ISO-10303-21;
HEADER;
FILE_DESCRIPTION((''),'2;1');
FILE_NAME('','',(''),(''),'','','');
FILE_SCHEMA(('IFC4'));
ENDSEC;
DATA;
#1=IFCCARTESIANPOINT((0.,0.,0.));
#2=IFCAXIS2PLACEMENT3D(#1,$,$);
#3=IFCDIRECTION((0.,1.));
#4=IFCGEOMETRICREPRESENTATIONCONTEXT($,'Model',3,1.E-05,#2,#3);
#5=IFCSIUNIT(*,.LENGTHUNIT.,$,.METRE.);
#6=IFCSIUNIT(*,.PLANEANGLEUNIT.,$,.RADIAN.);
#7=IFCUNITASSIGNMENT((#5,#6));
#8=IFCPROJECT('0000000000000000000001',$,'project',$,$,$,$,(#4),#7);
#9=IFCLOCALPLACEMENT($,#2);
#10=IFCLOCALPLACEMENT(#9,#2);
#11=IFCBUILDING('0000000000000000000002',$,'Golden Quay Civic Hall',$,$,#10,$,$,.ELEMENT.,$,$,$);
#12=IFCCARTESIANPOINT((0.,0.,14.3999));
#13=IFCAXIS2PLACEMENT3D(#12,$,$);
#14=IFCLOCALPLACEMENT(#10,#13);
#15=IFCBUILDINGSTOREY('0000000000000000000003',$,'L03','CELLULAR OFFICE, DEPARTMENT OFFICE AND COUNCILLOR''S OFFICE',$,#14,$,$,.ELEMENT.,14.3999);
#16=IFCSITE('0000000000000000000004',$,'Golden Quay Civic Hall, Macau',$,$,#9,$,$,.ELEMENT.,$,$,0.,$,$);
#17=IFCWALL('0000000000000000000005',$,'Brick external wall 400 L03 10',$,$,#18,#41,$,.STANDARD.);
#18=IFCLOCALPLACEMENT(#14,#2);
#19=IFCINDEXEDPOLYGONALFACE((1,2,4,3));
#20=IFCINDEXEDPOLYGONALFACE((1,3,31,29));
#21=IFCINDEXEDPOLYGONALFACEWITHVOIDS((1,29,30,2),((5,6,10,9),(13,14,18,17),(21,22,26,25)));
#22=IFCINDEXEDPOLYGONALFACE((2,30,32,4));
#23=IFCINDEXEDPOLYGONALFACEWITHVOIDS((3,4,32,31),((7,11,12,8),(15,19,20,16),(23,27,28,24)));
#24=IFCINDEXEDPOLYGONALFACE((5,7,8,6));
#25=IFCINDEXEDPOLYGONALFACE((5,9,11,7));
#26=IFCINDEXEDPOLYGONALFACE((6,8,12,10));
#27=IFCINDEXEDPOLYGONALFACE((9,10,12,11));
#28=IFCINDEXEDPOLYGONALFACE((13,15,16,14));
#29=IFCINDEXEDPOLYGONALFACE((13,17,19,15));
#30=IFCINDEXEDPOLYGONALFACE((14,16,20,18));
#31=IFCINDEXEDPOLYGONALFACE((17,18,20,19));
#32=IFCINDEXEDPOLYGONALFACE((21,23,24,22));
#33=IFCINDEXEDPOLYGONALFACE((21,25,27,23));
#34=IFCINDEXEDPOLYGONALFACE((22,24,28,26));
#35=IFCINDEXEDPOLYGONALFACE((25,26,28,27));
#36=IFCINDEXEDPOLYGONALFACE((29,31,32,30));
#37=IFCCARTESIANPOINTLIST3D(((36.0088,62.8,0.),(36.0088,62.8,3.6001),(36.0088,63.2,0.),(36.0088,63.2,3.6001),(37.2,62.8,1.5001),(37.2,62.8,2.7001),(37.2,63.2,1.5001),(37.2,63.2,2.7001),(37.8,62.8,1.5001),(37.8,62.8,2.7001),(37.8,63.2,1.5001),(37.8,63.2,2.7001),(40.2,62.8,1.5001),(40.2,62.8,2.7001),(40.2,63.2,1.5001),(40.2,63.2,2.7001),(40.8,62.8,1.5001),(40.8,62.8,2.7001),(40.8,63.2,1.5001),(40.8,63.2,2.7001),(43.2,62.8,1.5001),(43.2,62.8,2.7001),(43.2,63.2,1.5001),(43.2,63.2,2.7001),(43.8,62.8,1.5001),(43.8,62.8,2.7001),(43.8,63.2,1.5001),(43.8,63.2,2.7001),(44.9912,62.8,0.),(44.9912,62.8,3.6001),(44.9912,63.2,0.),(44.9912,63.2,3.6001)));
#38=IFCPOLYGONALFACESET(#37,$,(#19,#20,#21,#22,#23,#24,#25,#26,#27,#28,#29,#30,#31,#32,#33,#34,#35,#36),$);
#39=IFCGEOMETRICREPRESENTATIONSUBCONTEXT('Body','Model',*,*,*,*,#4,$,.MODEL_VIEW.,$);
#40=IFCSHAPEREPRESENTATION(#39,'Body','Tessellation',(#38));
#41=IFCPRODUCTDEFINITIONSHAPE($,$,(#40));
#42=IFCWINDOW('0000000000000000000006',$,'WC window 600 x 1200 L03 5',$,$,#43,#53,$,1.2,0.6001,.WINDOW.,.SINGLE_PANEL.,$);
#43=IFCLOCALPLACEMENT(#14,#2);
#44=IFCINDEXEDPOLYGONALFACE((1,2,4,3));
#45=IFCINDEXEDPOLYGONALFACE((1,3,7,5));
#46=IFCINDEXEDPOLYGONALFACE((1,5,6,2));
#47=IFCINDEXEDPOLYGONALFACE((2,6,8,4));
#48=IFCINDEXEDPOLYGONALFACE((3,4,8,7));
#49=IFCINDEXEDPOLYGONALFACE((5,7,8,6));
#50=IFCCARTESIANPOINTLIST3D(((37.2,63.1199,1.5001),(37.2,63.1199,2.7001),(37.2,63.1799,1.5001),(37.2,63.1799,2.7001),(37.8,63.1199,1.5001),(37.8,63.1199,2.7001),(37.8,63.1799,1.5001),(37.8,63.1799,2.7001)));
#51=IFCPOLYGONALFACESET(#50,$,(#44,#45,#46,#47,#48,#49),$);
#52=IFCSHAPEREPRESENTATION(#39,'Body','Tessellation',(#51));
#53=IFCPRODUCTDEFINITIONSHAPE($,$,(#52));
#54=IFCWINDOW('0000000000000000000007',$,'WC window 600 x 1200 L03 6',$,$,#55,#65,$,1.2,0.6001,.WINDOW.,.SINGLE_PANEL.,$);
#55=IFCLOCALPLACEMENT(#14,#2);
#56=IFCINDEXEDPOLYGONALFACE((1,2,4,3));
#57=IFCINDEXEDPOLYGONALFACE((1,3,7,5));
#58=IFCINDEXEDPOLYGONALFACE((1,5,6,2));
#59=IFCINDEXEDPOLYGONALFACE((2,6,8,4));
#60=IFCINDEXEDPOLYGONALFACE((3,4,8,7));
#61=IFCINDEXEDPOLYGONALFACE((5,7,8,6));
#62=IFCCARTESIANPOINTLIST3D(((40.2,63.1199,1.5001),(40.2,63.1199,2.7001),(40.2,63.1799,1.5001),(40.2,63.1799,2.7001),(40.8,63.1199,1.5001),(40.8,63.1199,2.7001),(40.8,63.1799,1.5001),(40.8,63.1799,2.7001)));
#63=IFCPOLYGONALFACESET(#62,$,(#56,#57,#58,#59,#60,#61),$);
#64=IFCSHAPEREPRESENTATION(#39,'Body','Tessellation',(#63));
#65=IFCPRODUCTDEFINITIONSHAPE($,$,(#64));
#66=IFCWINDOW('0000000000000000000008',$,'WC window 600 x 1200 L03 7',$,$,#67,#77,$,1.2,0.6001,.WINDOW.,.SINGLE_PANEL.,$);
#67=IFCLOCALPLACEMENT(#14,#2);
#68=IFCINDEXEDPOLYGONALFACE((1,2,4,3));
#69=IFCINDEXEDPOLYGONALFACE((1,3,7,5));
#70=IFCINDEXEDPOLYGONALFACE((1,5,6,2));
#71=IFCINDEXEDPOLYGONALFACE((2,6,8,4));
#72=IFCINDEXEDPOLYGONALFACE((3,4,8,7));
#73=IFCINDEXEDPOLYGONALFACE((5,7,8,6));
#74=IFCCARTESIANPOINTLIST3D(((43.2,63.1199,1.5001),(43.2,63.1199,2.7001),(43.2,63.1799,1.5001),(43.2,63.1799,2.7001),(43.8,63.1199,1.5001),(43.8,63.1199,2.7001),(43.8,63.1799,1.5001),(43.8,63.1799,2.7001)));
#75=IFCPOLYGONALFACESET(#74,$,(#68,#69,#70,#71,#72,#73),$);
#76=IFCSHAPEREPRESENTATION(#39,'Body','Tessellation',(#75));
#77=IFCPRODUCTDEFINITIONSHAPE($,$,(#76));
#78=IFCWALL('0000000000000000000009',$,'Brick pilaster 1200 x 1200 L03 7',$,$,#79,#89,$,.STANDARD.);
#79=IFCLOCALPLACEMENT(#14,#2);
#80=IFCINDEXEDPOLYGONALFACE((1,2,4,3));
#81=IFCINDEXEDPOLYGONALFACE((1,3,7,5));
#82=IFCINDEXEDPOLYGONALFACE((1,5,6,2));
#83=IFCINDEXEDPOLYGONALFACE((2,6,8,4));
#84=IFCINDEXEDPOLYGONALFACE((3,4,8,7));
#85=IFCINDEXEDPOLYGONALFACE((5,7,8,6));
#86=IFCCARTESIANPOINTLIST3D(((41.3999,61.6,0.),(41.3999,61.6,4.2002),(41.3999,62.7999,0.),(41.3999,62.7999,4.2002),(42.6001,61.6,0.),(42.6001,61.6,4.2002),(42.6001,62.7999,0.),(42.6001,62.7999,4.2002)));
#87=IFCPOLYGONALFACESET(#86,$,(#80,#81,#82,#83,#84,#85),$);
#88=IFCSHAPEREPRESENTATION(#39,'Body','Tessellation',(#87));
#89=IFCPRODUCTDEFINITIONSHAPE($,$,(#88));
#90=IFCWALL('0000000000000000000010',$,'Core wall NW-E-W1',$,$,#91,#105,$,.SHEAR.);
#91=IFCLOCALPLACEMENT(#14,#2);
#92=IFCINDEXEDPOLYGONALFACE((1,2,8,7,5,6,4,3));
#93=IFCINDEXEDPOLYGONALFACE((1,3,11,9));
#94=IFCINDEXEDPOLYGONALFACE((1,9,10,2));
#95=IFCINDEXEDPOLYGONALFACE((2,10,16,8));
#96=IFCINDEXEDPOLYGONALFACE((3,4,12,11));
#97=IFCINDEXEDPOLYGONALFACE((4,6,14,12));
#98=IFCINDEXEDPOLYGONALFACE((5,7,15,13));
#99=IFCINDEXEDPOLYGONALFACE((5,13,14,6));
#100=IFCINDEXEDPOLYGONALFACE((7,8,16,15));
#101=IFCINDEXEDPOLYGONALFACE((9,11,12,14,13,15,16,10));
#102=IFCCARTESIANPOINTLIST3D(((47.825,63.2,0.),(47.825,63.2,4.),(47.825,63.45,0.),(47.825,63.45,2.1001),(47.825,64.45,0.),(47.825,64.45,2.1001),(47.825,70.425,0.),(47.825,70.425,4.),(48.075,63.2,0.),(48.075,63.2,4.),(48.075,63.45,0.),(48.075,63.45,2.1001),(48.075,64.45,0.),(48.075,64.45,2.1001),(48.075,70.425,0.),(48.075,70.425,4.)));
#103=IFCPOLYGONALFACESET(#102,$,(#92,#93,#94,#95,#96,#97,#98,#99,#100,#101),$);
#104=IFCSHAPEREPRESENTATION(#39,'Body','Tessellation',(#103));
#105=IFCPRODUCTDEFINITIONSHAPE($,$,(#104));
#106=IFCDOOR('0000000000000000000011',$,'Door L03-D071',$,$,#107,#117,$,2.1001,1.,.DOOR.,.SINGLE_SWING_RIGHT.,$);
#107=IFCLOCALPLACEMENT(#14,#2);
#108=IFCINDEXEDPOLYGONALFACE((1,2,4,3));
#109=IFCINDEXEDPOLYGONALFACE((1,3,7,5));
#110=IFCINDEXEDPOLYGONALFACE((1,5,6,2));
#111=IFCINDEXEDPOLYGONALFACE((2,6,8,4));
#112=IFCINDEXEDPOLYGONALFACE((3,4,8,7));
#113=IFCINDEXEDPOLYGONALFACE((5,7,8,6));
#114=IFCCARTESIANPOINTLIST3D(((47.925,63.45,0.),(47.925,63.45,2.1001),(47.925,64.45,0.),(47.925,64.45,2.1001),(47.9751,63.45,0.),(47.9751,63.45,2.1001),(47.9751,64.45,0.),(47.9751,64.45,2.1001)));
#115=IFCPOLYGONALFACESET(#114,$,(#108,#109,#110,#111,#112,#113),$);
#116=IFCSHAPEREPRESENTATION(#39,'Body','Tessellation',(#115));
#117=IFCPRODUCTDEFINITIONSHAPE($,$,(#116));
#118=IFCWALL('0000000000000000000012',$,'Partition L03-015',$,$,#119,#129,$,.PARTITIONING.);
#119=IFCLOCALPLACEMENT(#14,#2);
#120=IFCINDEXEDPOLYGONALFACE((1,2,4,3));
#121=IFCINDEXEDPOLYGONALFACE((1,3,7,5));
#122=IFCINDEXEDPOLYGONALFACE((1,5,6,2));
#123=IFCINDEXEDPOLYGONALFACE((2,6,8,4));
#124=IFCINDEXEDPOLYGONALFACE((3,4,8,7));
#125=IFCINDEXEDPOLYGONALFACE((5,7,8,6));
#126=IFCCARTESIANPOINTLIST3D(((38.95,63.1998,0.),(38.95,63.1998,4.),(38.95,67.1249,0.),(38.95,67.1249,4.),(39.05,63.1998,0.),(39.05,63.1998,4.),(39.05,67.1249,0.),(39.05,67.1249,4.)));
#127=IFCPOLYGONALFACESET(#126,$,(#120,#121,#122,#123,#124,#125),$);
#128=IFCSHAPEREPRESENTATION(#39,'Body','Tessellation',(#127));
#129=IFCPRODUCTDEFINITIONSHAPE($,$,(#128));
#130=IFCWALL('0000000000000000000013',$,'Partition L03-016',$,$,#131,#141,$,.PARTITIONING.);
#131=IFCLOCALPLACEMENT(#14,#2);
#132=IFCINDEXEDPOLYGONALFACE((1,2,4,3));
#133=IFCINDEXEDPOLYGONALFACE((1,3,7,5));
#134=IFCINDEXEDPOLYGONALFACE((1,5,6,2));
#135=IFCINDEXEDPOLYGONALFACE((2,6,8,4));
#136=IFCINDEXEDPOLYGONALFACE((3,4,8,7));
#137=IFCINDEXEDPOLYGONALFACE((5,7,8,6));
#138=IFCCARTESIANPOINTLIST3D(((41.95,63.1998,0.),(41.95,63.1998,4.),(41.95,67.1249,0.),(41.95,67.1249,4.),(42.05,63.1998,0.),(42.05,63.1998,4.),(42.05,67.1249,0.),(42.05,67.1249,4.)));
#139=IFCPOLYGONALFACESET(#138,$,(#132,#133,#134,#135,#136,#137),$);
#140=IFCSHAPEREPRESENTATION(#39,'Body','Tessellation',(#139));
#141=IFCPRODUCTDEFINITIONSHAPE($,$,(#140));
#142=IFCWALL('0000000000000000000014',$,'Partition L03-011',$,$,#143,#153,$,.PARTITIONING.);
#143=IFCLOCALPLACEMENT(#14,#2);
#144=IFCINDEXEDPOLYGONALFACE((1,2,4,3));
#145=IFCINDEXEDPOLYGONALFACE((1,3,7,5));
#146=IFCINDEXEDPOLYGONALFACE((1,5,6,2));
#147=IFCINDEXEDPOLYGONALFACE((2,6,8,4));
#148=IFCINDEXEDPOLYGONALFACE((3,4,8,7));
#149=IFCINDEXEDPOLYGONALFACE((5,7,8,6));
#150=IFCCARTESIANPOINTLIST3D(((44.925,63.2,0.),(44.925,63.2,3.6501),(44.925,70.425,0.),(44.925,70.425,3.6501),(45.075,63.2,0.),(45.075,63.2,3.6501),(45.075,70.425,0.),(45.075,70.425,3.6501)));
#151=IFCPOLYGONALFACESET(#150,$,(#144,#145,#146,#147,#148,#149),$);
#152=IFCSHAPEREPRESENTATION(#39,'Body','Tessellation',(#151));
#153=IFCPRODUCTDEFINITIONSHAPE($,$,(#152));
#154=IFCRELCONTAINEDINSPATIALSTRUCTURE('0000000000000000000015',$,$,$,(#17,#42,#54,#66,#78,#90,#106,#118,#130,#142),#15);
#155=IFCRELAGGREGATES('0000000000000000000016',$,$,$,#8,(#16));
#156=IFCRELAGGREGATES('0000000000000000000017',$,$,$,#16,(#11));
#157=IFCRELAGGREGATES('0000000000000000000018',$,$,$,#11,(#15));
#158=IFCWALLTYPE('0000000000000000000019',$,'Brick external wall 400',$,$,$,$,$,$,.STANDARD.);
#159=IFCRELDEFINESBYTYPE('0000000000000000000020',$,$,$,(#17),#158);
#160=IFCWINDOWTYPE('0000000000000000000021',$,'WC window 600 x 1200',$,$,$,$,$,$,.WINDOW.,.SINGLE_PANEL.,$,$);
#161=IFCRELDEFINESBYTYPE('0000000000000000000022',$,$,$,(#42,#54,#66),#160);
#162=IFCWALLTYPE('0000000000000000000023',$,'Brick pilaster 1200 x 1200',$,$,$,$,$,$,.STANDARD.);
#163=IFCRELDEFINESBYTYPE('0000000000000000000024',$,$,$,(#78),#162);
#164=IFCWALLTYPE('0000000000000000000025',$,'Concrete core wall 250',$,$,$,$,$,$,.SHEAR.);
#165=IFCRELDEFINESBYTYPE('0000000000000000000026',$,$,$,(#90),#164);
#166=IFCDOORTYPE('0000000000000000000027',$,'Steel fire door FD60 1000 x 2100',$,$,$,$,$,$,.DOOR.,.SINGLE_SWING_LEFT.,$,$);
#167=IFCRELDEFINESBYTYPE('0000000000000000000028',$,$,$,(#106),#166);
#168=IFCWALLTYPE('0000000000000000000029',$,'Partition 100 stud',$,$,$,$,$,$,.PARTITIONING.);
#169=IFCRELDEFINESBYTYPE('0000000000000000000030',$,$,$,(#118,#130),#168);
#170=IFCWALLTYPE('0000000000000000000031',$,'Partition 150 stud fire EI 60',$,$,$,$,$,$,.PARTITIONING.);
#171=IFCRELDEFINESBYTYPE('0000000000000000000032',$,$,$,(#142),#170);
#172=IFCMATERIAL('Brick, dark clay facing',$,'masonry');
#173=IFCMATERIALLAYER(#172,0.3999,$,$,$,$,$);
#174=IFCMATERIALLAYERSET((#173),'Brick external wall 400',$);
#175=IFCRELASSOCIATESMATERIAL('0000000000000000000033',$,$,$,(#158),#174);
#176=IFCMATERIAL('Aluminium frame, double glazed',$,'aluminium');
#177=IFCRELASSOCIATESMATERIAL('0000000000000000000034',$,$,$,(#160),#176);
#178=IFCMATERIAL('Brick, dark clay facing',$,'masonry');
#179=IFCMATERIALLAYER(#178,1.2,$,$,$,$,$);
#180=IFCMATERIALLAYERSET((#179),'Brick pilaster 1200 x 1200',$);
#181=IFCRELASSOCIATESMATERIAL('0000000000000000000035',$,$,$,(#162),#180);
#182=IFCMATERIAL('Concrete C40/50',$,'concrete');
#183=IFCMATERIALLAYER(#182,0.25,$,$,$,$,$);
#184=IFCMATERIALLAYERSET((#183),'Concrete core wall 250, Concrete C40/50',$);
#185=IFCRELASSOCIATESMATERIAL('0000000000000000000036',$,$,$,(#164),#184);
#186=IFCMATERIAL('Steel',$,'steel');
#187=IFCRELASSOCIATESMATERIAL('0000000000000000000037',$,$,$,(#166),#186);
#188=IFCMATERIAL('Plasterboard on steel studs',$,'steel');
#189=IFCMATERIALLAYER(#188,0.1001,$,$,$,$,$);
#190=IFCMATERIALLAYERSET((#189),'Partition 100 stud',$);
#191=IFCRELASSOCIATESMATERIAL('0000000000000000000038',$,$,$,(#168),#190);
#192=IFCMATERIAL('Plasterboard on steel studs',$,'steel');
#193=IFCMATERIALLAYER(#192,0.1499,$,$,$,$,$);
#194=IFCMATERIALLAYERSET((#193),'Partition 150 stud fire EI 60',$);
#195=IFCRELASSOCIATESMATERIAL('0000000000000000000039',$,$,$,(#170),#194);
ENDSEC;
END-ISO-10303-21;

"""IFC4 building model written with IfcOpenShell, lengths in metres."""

from ifc_helpers import new_model, si_unit, direction, frame, frame_2d, origin, place, context, subcontext, project, spatial, rectangle, extrude, material, layer, layer_set, type_object, element, fill, save


model = new_model("IFC4")

# Units and contexts
model_context = context("Model", 3, precision=1e-05, world=origin(), true_north=direction((0.0, 1.0)))
body_context = subcontext(model_context, "Body", "Model", "MODEL_VIEW")
ifc_project = project(units=[si_unit("LENGTHUNIT", "METRE"), si_unit("PLANEANGLEUNIT", "RADIAN")], contexts=[model_context])

# Site, building, storey
site_placement = place(None, origin())
site = spatial("IfcSite", under=ifc_project, at=site_placement, Name="Golden Quay Civic Hall, Macau", CompositionType="ELEMENT", RefElevation=0.0)
building_placement = place(site_placement, origin())
building = spatial("IfcBuilding", under=site, at=building_placement, Name="Golden Quay Civic Hall", CompositionType="ELEMENT")
storey_placement = place(building_placement, frame((0.0, 0.0, 14.3999)))
storey = spatial("IfcBuildingStorey", under=building, at=storey_placement, Name="L03", Description="CELLULAR OFFICE, DEPARTMENT OFFICE AND COUNCILLOR'S OFFICE", CompositionType="ELEMENT", Elevation=14.3999)

# Wall, openings, windows
ifc_material_1 = material(Name="Brick, dark clay facing", Category="masonry")
ifc_layer_1 = layer(ifc_material_1, 0.3999)
ifc_layer_set_1 = layer_set([ifc_layer_1], Name="Brick external wall 400")
wall_type_1 = type_object("IfcWallType", Name="Brick external wall 400", PredefinedType="STANDARD", material=ifc_layer_set_1)
wall_1_placement = place(storey_placement, frame((44.9912, 63.0, 0.0), z_axis=(0.0, 0.0, 1.0), x_axis=(-1.0, 0.0, 0.0)))
wall_1 = element("IfcWall", 1, at=wall_1_placement, inside=storey, type_object=wall_type_1, Name="Brick external wall 400 L03 10", PredefinedType="STANDARD", context=body_context, shape_type="SweptSolid", body=[
    extrude(rectangle(XDim=8.9824, YDim=0.3999, at=frame_2d((4.4912, 0.0))), origin(), (0.0, 0.0, 1.0), 3.6001),
])
opening_1_placement = place(wall_1_placement, frame((7.1912, 0.0, 1.5)))
opening_1 = element("IfcOpeningElement", 2, at=opening_1_placement, cuts=wall_1, PredefinedType="OPENING", context=body_context, shape_type="SweptSolid", body=[
    extrude(rectangle(XDim=0.6001, YDim=1.2, at=frame_2d((0.3, 0.6001))), frame((0.0, 0.21, 0.0), z_axis=(0.0, -1.0, 0.0), x_axis=(1.0, 0.0, 0.0)), (0.0, 0.0, 1.0), 0.4199),
])
opening_2_placement = place(wall_1_placement, frame((4.1912, 0.0, 1.5)))
opening_2 = element("IfcOpeningElement", 3, at=opening_2_placement, cuts=wall_1, PredefinedType="OPENING", context=body_context, shape_type="SweptSolid", body=[
    extrude(rectangle(XDim=0.6001, YDim=1.2, at=frame_2d((0.3, 0.6001))), frame((0.0, 0.21, 0.0), z_axis=(0.0, -1.0, 0.0), x_axis=(1.0, 0.0, 0.0)), (0.0, 0.0, 1.0), 0.4199),
])
opening_3_placement = place(wall_1_placement, frame((1.1912, 0.0, 1.5)))
opening_3 = element("IfcOpeningElement", 4, at=opening_3_placement, cuts=wall_1, PredefinedType="OPENING", context=body_context, shape_type="SweptSolid", body=[
    extrude(rectangle(XDim=0.6001, YDim=1.2, at=frame_2d((0.3, 0.6001))), frame((0.0, 0.21, 0.0), z_axis=(0.0, -1.0, 0.0), x_axis=(1.0, 0.0, 0.0)), (0.0, 0.0, 1.0), 0.4199),
])
ifc_material_2 = material(Name="Aluminium frame, double glazed", Category="aluminium")
window_type = type_object("IfcWindowType", Name="WC window 600 x 1200", PartitioningType="SINGLE_PANEL", PredefinedType="WINDOW", material=ifc_material_2)
window_1_placement = place(opening_1_placement, origin())
window_1 = element("IfcWindow", 5, at=window_1_placement, inside=storey, type_object=window_type, Name="WC window 600 x 1200 L03 5", OverallHeight=1.2, OverallWidth=0.6001, PartitioningType="SINGLE_PANEL", PredefinedType="WINDOW", context=body_context, shape_type="SweptSolid", body=[
    extrude(rectangle(XDim=0.6001, YDim=1.2, at=frame_2d((0.3, 0.6001))), frame((0.0, -0.1199, 0.0), z_axis=(0.0, -1.0, 0.0), x_axis=(1.0, 0.0, 0.0)), (0.0, 0.0, 1.0), 0.0601),
])
fill(opening_1, window_1)
window_2_placement = place(opening_2_placement, origin())
window_2 = element("IfcWindow", 6, at=window_2_placement, inside=storey, type_object=window_type, Name="WC window 600 x 1200 L03 6", OverallHeight=1.2, OverallWidth=0.6001, PartitioningType="SINGLE_PANEL", PredefinedType="WINDOW", context=body_context, shape_type="SweptSolid", body=[
    extrude(rectangle(XDim=0.6001, YDim=1.2, at=frame_2d((0.3, 0.6001))), frame((0.0, -0.1199, 0.0), z_axis=(0.0, -1.0, 0.0), x_axis=(1.0, 0.0, 0.0)), (0.0, 0.0, 1.0), 0.0601),
])
fill(opening_2, window_2)
window_3_placement = place(opening_3_placement, origin())
window_3 = element("IfcWindow", 7, at=window_3_placement, inside=storey, type_object=window_type, Name="WC window 600 x 1200 L03 7", OverallHeight=1.2, OverallWidth=0.6001, PartitioningType="SINGLE_PANEL", PredefinedType="WINDOW", context=body_context, shape_type="SweptSolid", body=[
    extrude(rectangle(XDim=0.6001, YDim=1.2, at=frame_2d((0.3, 0.6001))), frame((0.0, -0.1199, 0.0), z_axis=(0.0, -1.0, 0.0), x_axis=(1.0, 0.0, 0.0)), (0.0, 0.0, 1.0), 0.0601),
])
fill(opening_3, window_3)

# Wall
ifc_material_3 = material(Name="Brick, dark clay facing", Category="masonry")
ifc_layer_2 = layer(ifc_material_3, 1.2)
ifc_layer_set_2 = layer_set([ifc_layer_2], Name="Brick pilaster 1200 x 1200")
wall_type_2 = type_object("IfcWallType", Name="Brick pilaster 1200 x 1200", PredefinedType="STANDARD", material=ifc_layer_set_2)
wall_2_placement = place(storey_placement, frame((41.3999, 62.2, 0.0), z_axis=(0.0, 0.0, 1.0), x_axis=(1.0, 0.0, 0.0)))
element("IfcWall", 8, at=wall_2_placement, inside=storey, type_object=wall_type_2, Name="Brick pilaster 1200 x 1200 L03 7", PredefinedType="STANDARD", context=body_context, shape_type="SweptSolid", body=[
    extrude(rectangle(XDim=1.2002, YDim=1.2, at=frame_2d((0.6001, 0.0))), origin(), (0.0, 0.0, 1.0), 4.2002),
])

# Wall, opening, door
ifc_material_4 = material(Name="Concrete C40/50", Category="concrete")
ifc_layer_3 = layer(ifc_material_4, 0.25)
ifc_layer_set_3 = layer_set([ifc_layer_3], Name="Concrete core wall 250, Concrete C40/50")
wall_type_3 = type_object("IfcWallType", Name="Concrete core wall 250", PredefinedType="SHEAR", material=ifc_layer_set_3)
wall_3_placement = place(storey_placement, frame((47.95, 63.2, 0.0), z_axis=(0.0, 0.0, 1.0), x_axis=(0.0, 1.0, 0.0)))
wall_3 = element("IfcWall", 9, at=wall_3_placement, inside=storey, type_object=wall_type_3, Name="Core wall NW-E-W1", PredefinedType="SHEAR", context=body_context, shape_type="SweptSolid", body=[
    extrude(rectangle(XDim=7.2251, YDim=0.25, at=frame_2d((3.6125, 0.0))), origin(), (0.0, 0.0, 1.0), 4.0),
])
opening_4_placement = place(wall_3_placement, frame((0.25, 0.0, 0.0)))
opening_4 = element("IfcOpeningElement", 10, at=opening_4_placement, cuts=wall_3, PredefinedType="OPENING", context=body_context, shape_type="SweptSolid", body=[
    extrude(rectangle(XDim=1.0, YDim=2.1001, at=frame_2d((0.5, 1.05))), frame((0.0, 0.135, 0.0), z_axis=(0.0, -1.0, 0.0), x_axis=(1.0, 0.0, 0.0)), (0.0, 0.0, 1.0), 0.27),
])
ifc_material_5 = material(Name="Steel", Category="steel")
door_type = type_object("IfcDoorType", Name="Steel fire door FD60 1000 x 2100", OperationType="SINGLE_SWING_LEFT", PredefinedType="DOOR", material=ifc_material_5)
door_placement = place(opening_4_placement, frame((1.0, 0.0, 0.0), z_axis=(0.0, 0.0, 1.0), x_axis=(-1.0, 0.0, 0.0)))
door = element("IfcDoor", 11, at=door_placement, inside=storey, type_object=door_type, Name="Door L03-D071", OperationType="SINGLE_SWING_RIGHT", OverallHeight=2.1001, OverallWidth=1.0, PredefinedType="DOOR", context=body_context, shape_type="SweptSolid", body=[
    extrude(rectangle(XDim=1.0, YDim=2.1001, at=frame_2d((0.5, 1.05))), frame((0.0, 0.0251, 0.0), z_axis=(0.0, -1.0, 0.0), x_axis=(1.0, 0.0, 0.0)), (0.0, 0.0, 1.0), 0.05),
])
fill(opening_4, door)

# Walls
ifc_material_6 = material(Name="Plasterboard on steel studs", Category="steel")
ifc_layer_4 = layer(ifc_material_6, 0.1001)
ifc_layer_set_4 = layer_set([ifc_layer_4], Name="Partition 100 stud")
wall_type_4 = type_object("IfcWallType", Name="Partition 100 stud", PredefinedType="PARTITIONING", material=ifc_layer_set_4)
for number, where, z_axis, x_axis, name in (
    (12, (39.0, 63.2, 0.0), (0.0, 0.0, 1.0), (0.0, 1.0, 0.0), "Partition L03-015"),
    (13, (42.0, 63.2, 0.0), (0.0, 0.0, 1.0), (0.0, 1.0, 0.0), "Partition L03-016"),
):
    element("IfcWall", number, at=place(storey_placement, frame(where, z_axis=z_axis, x_axis=x_axis)), inside=storey, type_object=wall_type_4, Name=name, PredefinedType="PARTITIONING", context=body_context, shape_type="SweptSolid", body=[
        extrude(rectangle(XDim=3.925, YDim=0.1001, at=frame_2d((1.9624, 0.0))), origin(), (0.0, 0.0, 1.0), 4.0),
    ])
ifc_material_7 = material(Name="Plasterboard on steel studs", Category="steel")
ifc_layer_5 = layer(ifc_material_7, 0.1499)
ifc_layer_set_5 = layer_set([ifc_layer_5], Name="Partition 150 stud fire EI 60")
wall_type_5 = type_object("IfcWallType", Name="Partition 150 stud fire EI 60", PredefinedType="PARTITIONING", material=ifc_layer_set_5)
wall_4_placement = place(storey_placement, frame((45.0, 63.2, 0.0), z_axis=(0.0, 0.0, 1.0), x_axis=(0.0, 1.0, 0.0)))
element("IfcWall", 14, at=wall_4_placement, inside=storey, type_object=wall_type_5, Name="Partition L03-011", PredefinedType="PARTITIONING", context=body_context, shape_type="SweptSolid", body=[
    extrude(rectangle(XDim=7.2251, YDim=0.1499, at=frame_2d((3.6125, 0.0))), origin(), (0.0, 0.0, 1.0), 3.6501),
])

save(model, "model.ifc")
